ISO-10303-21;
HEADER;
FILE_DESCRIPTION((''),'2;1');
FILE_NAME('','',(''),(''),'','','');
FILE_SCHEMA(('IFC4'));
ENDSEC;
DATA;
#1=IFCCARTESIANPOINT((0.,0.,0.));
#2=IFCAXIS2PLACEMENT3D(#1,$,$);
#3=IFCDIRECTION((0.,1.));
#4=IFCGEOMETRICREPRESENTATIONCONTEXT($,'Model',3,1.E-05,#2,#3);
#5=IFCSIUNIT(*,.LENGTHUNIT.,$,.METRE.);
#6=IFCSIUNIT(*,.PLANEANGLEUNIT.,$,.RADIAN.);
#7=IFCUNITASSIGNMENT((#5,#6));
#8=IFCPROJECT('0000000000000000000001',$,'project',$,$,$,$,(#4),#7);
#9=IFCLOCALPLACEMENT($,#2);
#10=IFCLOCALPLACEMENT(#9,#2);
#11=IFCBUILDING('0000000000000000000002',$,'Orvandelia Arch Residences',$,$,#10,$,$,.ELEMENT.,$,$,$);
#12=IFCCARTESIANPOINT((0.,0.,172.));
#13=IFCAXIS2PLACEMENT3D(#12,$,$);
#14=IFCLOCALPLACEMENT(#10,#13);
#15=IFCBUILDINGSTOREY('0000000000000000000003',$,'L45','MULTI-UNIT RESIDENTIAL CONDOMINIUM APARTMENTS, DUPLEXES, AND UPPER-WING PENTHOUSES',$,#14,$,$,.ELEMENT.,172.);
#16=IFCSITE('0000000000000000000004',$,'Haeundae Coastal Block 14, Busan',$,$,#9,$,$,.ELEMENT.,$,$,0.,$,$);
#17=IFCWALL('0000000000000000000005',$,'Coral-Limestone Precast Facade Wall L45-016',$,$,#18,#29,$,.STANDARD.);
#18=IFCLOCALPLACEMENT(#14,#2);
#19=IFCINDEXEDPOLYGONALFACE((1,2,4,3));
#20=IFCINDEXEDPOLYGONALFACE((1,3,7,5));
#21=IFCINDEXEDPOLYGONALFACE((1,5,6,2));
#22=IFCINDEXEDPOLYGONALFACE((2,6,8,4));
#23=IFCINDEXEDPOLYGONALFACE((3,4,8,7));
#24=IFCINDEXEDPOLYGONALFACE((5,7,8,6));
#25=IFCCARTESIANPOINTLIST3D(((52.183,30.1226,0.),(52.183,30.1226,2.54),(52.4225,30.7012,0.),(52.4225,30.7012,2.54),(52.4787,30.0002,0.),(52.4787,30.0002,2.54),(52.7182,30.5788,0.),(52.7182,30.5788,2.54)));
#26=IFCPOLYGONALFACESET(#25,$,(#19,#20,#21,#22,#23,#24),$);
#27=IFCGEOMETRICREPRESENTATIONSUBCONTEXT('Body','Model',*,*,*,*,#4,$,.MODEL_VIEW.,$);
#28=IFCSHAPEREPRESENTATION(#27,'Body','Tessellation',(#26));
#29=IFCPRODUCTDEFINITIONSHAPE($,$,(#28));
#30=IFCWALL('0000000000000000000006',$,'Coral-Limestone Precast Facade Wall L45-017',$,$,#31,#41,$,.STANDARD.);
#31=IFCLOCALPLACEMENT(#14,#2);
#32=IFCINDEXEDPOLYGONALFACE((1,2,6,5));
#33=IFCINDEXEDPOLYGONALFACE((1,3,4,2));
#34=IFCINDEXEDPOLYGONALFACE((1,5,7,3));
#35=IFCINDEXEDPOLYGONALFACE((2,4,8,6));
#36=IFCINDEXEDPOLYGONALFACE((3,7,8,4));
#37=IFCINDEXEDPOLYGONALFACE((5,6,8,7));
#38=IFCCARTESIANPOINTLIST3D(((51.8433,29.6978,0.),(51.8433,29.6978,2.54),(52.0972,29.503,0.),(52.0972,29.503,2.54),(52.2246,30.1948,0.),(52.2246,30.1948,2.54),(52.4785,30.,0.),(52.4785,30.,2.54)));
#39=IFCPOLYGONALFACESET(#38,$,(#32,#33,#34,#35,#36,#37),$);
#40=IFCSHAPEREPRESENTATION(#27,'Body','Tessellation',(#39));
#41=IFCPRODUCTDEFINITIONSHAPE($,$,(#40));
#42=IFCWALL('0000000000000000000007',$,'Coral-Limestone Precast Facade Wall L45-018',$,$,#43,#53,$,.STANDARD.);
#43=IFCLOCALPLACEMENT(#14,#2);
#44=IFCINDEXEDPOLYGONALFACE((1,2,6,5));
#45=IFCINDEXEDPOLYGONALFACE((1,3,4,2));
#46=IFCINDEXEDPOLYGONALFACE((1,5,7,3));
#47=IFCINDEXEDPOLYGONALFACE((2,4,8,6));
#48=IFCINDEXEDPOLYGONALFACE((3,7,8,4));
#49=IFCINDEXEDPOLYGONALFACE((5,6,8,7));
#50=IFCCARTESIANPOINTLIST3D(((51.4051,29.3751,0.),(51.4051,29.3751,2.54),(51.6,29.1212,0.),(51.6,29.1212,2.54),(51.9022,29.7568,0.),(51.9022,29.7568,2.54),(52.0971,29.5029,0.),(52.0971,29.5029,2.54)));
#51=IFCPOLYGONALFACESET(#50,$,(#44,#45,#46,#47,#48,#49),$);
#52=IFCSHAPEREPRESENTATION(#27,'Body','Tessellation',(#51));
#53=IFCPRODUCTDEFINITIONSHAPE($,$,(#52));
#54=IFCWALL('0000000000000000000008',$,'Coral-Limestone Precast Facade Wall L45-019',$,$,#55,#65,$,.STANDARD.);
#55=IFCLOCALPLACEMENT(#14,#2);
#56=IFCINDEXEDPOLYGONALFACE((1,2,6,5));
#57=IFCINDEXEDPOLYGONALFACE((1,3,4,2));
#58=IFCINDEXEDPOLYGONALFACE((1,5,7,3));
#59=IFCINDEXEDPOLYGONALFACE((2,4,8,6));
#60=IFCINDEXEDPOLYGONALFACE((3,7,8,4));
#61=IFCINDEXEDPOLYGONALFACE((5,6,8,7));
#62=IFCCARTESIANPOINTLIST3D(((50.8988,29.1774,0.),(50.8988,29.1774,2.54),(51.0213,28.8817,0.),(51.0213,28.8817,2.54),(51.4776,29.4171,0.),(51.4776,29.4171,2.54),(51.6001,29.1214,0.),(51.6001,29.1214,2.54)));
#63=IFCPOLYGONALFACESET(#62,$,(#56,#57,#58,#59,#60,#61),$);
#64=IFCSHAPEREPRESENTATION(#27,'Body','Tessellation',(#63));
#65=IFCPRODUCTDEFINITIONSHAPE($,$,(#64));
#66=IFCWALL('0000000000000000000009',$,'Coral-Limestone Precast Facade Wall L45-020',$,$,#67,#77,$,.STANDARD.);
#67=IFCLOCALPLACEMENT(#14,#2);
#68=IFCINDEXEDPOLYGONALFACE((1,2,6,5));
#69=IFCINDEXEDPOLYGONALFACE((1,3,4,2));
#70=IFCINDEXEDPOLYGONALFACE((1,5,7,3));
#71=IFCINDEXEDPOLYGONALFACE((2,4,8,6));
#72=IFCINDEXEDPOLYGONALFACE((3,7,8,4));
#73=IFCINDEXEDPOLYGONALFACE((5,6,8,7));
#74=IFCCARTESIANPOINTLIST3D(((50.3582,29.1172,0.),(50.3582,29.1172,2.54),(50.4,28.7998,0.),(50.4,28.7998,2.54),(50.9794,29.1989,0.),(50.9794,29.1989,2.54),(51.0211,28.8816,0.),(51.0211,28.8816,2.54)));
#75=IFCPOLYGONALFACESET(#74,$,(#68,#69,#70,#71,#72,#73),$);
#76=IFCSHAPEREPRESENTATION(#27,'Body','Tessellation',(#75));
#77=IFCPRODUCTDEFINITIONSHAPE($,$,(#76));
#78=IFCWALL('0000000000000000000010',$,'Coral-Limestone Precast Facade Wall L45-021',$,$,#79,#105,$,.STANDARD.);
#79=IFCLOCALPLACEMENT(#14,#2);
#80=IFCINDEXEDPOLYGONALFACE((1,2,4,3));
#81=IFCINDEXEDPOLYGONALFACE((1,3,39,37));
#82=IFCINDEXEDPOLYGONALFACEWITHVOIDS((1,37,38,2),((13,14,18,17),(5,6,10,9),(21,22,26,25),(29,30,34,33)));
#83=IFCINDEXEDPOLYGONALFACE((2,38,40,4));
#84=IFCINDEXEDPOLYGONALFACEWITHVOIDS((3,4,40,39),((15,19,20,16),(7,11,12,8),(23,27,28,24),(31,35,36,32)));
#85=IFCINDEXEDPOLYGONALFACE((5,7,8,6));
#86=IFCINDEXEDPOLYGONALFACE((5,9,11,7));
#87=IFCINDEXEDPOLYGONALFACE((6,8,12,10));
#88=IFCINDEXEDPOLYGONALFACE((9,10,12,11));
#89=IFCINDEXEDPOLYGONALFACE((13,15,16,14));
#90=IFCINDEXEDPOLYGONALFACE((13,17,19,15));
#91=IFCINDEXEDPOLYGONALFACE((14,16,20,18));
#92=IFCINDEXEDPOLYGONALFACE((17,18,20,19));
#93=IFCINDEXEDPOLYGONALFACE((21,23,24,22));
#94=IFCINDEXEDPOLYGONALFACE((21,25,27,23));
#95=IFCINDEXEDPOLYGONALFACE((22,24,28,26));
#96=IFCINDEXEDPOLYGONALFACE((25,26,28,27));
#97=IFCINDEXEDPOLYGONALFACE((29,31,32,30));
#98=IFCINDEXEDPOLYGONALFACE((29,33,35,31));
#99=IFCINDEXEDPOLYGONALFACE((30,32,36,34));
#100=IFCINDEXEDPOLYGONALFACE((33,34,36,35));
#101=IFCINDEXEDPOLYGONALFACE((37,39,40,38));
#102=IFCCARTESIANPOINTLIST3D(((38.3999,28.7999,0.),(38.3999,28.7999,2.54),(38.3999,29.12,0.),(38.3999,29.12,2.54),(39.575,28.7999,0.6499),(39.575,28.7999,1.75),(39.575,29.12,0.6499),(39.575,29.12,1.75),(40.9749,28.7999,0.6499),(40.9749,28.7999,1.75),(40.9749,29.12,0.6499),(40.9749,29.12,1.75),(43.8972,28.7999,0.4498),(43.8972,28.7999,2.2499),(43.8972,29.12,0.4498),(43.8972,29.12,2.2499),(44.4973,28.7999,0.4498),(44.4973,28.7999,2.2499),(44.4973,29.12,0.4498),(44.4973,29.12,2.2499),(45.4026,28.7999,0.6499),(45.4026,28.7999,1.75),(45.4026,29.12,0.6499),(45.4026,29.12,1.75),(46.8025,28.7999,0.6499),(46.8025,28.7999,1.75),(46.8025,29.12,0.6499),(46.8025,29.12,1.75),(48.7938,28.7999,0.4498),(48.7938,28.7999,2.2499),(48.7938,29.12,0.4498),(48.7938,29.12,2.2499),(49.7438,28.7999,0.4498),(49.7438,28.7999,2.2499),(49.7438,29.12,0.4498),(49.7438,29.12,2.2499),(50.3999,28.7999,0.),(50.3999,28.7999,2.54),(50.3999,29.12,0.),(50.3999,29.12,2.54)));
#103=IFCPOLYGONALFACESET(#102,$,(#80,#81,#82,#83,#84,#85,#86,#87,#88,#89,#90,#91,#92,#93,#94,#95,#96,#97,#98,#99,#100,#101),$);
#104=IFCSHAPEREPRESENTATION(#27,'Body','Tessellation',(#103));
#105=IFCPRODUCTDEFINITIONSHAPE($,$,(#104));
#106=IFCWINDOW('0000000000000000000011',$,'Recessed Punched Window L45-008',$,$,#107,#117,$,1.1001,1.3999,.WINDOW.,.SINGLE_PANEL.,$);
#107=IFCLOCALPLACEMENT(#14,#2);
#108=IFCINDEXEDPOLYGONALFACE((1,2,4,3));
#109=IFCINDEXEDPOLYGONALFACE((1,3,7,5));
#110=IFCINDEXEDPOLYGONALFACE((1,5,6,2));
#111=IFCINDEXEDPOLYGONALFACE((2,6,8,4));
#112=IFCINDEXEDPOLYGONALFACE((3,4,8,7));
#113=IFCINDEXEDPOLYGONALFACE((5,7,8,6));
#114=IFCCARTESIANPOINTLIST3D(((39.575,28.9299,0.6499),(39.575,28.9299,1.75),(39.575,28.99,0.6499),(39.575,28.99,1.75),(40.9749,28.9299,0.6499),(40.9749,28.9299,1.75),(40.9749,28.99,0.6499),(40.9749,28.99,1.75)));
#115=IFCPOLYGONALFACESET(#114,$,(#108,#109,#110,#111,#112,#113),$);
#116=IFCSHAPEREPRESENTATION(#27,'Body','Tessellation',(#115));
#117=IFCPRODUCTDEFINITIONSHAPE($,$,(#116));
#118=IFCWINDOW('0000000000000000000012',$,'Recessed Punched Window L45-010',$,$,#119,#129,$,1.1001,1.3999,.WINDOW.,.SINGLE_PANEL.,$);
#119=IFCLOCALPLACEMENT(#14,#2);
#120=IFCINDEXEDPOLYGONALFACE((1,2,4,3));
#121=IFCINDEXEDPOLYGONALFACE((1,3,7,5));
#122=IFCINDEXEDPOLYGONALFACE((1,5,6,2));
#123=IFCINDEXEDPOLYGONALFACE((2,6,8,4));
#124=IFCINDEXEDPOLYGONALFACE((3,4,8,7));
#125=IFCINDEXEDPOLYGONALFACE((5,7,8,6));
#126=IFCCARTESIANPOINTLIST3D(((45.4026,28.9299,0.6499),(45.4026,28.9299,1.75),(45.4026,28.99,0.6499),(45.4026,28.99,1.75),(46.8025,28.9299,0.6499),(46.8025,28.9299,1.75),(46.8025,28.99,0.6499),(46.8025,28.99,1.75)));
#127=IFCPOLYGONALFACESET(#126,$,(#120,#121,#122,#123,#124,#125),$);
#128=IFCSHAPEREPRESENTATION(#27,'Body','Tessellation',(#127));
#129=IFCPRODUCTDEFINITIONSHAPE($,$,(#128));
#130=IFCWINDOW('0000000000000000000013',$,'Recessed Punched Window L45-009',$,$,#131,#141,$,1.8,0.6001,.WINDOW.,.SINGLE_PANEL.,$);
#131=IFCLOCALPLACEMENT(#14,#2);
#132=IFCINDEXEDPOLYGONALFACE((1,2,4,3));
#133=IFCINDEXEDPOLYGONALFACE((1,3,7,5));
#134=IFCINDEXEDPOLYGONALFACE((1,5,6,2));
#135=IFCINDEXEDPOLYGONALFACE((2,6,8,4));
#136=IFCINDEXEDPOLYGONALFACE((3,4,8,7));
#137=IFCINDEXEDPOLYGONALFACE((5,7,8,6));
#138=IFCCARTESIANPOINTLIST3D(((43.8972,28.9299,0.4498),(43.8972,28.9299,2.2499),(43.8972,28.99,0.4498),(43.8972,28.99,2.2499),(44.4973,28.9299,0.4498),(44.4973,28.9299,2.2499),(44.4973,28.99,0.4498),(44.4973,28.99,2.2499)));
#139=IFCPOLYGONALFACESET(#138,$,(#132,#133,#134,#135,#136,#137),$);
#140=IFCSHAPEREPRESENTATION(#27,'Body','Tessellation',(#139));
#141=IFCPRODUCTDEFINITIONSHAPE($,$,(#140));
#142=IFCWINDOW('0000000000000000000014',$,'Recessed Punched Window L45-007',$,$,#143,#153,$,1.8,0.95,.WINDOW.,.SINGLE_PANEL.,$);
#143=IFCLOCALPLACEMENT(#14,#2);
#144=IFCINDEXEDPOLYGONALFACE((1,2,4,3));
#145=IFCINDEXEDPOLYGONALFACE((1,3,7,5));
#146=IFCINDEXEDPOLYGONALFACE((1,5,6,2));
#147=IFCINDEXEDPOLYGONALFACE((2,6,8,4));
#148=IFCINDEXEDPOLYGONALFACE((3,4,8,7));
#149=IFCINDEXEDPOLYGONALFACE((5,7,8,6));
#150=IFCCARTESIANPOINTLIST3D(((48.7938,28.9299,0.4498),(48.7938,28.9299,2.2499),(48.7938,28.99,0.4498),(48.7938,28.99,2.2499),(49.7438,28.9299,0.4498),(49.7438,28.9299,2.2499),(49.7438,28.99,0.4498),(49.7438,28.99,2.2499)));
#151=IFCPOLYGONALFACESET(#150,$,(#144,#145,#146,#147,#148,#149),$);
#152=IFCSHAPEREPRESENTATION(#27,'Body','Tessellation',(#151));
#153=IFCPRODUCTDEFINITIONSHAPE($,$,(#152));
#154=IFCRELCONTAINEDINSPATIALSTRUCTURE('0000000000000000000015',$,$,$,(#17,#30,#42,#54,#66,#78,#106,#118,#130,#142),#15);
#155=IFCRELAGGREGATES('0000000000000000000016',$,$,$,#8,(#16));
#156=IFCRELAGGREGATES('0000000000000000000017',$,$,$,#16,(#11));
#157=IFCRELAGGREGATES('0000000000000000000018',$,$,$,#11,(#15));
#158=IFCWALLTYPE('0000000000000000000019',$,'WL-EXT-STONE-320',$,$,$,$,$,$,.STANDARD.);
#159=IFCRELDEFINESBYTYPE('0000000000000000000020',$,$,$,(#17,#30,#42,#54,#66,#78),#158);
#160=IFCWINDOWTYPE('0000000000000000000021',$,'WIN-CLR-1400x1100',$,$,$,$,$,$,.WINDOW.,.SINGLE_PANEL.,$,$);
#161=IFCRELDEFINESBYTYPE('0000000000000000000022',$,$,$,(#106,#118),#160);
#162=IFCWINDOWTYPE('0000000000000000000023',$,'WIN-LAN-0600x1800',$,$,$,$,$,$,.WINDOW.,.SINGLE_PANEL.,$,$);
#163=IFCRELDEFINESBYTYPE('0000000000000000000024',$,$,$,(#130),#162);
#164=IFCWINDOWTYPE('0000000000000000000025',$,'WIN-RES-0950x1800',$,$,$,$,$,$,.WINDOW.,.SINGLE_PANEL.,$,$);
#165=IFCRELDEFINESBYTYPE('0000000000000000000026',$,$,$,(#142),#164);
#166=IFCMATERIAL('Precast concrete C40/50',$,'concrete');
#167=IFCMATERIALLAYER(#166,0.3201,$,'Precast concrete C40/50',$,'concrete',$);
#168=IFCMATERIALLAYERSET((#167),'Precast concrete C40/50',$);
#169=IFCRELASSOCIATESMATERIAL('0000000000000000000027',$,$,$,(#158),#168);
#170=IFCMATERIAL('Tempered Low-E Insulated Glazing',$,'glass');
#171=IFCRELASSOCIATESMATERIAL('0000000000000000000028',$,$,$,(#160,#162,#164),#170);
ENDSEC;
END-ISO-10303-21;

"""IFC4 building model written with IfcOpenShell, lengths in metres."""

from ifc_helpers import new_model, si_unit, direction, frame, frame_2d, origin, place, context, subcontext, project, spatial, rectangle, extrude, material, layer, layer_set, type_object, element, fill, save


model = new_model("IFC4")

# Units and contexts
model_context = context("Model", 3, precision=1e-05, world=origin(), true_north=direction((0.0, 1.0)))
body_context = subcontext(model_context, "Body", "Model", "MODEL_VIEW")
ifc_project = project(units=[si_unit("LENGTHUNIT", "METRE"), si_unit("PLANEANGLEUNIT", "RADIAN")], contexts=[model_context])

# Site, building, storey
site_placement = place(None, origin())
site = spatial("IfcSite", under=ifc_project, at=site_placement, Name="Haeundae Coastal Block 14, Busan", CompositionType="ELEMENT", RefElevation=0.0)
building_placement = place(site_placement, origin())
building = spatial("IfcBuilding", under=site, at=building_placement, Name="Orvandelia Arch Residences", CompositionType="ELEMENT")
storey_placement = place(building_placement, frame((0.0, 0.0, 172.0)))
storey = spatial("IfcBuildingStorey", under=building, at=storey_placement, Name="L45", Description="MULTI-UNIT RESIDENTIAL CONDOMINIUM APARTMENTS, DUPLEXES, AND UPPER-WING PENTHOUSES", CompositionType="ELEMENT", Elevation=172.0)

# Walls
ifc_material_1 = material(Name="Precast concrete C40/50", Category="concrete")
ifc_layer_1 = layer(ifc_material_1, 0.3201, Name="Precast concrete C40/50", Category="concrete")
ifc_layer_set_1 = layer_set([ifc_layer_1], Name="Precast concrete C40/50")
wall_type_1 = type_object("IfcWallType", Name="WL-EXT-STONE-320", PredefinedType="STANDARD", material=ifc_layer_set_1)
wall_1_placement = place(storey_placement, frame((52.5703, 30.6399, 0.0), z_axis=(0.0, 0.0, 1.0), x_axis=(-0.382455, -0.923974, 0.0)))
element("IfcWall", 1, at=wall_1_placement, inside=storey, type_object=wall_type_1, Name="Coral-Limestone Precast Facade Wall L45-016", PredefinedType="STANDARD", context=body_context, shape_type="SweptSolid", body=[
    extrude(rectangle(XDim=0.6262, YDim=0.3201, at=frame_2d((0.313, 0.0))), origin(), (0.0, 0.0, 1.0), 2.54),
])
wall_2_placement = place(storey_placement, frame((52.3516, 30.0974, 0.0), z_axis=(0.0, 0.0, 1.0), x_axis=(-0.608693, -0.793406, 0.0)))
element("IfcWall", 2, at=wall_2_placement, inside=storey, type_object=wall_type_1, Name="Coral-Limestone Precast Facade Wall L45-017", PredefinedType="STANDARD", context=body_context, shape_type="SweptSolid", body=[
    extrude(rectangle(XDim=0.6265, YDim=0.3201, at=frame_2d((0.3132, 0.0))), origin(), (0.0, 0.0, 1.0), 2.54),
])
wall_3_placement = place(storey_placement, frame((51.9998, 29.6299, 0.0), z_axis=(0.0, 0.0, 1.0), x_axis=(-0.793217, -0.608939, 0.0)))
element("IfcWall", 3, at=wall_3_placement, inside=storey, type_object=wall_type_1, Name="Coral-Limestone Precast Facade Wall L45-018", PredefinedType="STANDARD", context=body_context, shape_type="SweptSolid", body=[
    extrude(rectangle(XDim=0.6267, YDim=0.3201, at=frame_2d((0.3135, 0.0))), origin(), (0.0, 0.0, 1.0), 2.54),
])
for number, where, z_axis, x_axis, name in (
    (4, (51.5388, 29.2693, 0.0), (0.0, 0.0, 1.0), (-0.923893, -0.38265, 0.0), "Coral-Limestone Precast Facade Wall L45-019"),
    (5, (51.0002, 29.0403, 0.0), (0.0, 0.0, 1.0), (-0.991441, -0.130555, 0.0), "Coral-Limestone Precast Facade Wall L45-020"),
):
    element("IfcWall", number, at=place(storey_placement, frame(where, z_axis=z_axis, x_axis=x_axis)), inside=storey, type_object=wall_type_1, Name=name, PredefinedType="STANDARD", context=body_context, shape_type="SweptSolid", body=[
        extrude(rectangle(XDim=0.6265, YDim=0.3201, at=frame_2d((0.3132, 0.0))), origin(), (0.0, 0.0, 1.0), 2.54),
    ])

# Wall, openings, windows
wall_4_placement = place(storey_placement, frame((50.3999, 28.96, 0.0), z_axis=(0.0, 0.0, 1.0), x_axis=(-1.0, 0.0, 0.0)))
wall_4 = element("IfcWall", 6, at=wall_4_placement, inside=storey, type_object=wall_type_1, Name="Coral-Limestone Precast Facade Wall L45-021", PredefinedType="STANDARD", context=body_context, shape_type="SweptSolid", body=[
    extrude(rectangle(XDim=12.0, YDim=0.3201, at=frame_2d((6.0, 0.0))), origin(), (0.0, 0.0, 1.0), 2.54),
])
opening_1_placement = place(wall_4_placement, frame((0.656, 0.0, 0.45)))
opening_1 = element("IfcOpeningElement", 7, at=opening_1_placement, cuts=wall_4, PredefinedType="OPENING", context=body_context, shape_type="SweptSolid", body=[
    extrude(rectangle(XDim=0.95, YDim=1.8, at=frame_2d((0.4751, 0.8999))), frame((0.0, 0.1699, 0.0), z_axis=(0.0, -1.0, 0.0), x_axis=(1.0, 0.0, 0.0)), (0.0, 0.0, 1.0), 0.3401),
])
opening_2_placement = place(wall_4_placement, frame((9.425, 0.0, 0.6499)))
opening_2 = element("IfcOpeningElement", 8, at=opening_2_placement, cuts=wall_4, PredefinedType="OPENING", context=body_context, shape_type="SweptSolid", body=[
    extrude(rectangle(XDim=1.3999, YDim=1.1001, at=frame_2d((0.7, 0.55))), frame((0.0, 0.1699, 0.0), z_axis=(0.0, -1.0, 0.0), x_axis=(1.0, 0.0, 0.0)), (0.0, 0.0, 1.0), 0.3401),
])
opening_3_placement = place(wall_4_placement, frame((5.9026, 0.0, 0.45)))
opening_3 = element("IfcOpeningElement", 9, at=opening_3_placement, cuts=wall_4, PredefinedType="OPENING", context=body_context, shape_type="SweptSolid", body=[
    extrude(rectangle(XDim=0.6001, YDim=1.8, at=frame_2d((0.3, 0.8999))), frame((0.0, 0.1699, 0.0), z_axis=(0.0, -1.0, 0.0), x_axis=(1.0, 0.0, 0.0)), (0.0, 0.0, 1.0), 0.3401),
])
opening_4_placement = place(wall_4_placement, frame((3.5974, 0.0, 0.6499)))
opening_4 = element("IfcOpeningElement", 10, at=opening_4_placement, cuts=wall_4, PredefinedType="OPENING", context=body_context, shape_type="SweptSolid", body=[
    extrude(rectangle(XDim=1.3999, YDim=1.1001, at=frame_2d((0.7, 0.55))), frame((0.0, 0.1699, 0.0), z_axis=(0.0, -1.0, 0.0), x_axis=(1.0, 0.0, 0.0)), (0.0, 0.0, 1.0), 0.3401),
])
ifc_material_2 = material(Name="Tempered Low-E Insulated Glazing", Category="glass")
window_type_1 = type_object("IfcWindowType", Name="WIN-CLR-1400x1100", PartitioningType="SINGLE_PANEL", PredefinedType="WINDOW", material=ifc_material_2)
window_1_placement = place(opening_2_placement, origin())
window_1 = element("IfcWindow", 11, at=window_1_placement, inside=storey, type_object=window_type_1, Name="Recessed Punched Window L45-008", OverallHeight=1.1001, OverallWidth=1.3999, PartitioningType="SINGLE_PANEL", PredefinedType="WINDOW", context=body_context, shape_type="SweptSolid", body=[
    extrude(rectangle(XDim=1.3999, YDim=1.1001, at=frame_2d((0.7, 0.55))), frame((0.0, 0.03, 0.0), z_axis=(0.0, -1.0, 0.0), x_axis=(1.0, 0.0, 0.0)), (0.0, 0.0, 1.0), 0.0601),
])
fill(opening_2, window_1)
window_2_placement = place(opening_4_placement, origin())
window_2 = element("IfcWindow", 12, at=window_2_placement, inside=storey, type_object=window_type_1, Name="Recessed Punched Window L45-010", OverallHeight=1.1001, OverallWidth=1.3999, PartitioningType="SINGLE_PANEL", PredefinedType="WINDOW", context=body_context, shape_type="SweptSolid", body=[
    extrude(rectangle(XDim=1.3999, YDim=1.1001, at=frame_2d((0.7, 0.55))), frame((0.0, 0.03, 0.0), z_axis=(0.0, -1.0, 0.0), x_axis=(1.0, 0.0, 0.0)), (0.0, 0.0, 1.0), 0.0601),
])
fill(opening_4, window_2)
window_type_2 = type_object("IfcWindowType", Name="WIN-LAN-0600x1800", PartitioningType="SINGLE_PANEL", PredefinedType="WINDOW", material=ifc_material_2)
window_3_placement = place(opening_3_placement, origin())
window_3 = element("IfcWindow", 13, at=window_3_placement, inside=storey, type_object=window_type_2, Name="Recessed Punched Window L45-009", OverallHeight=1.8, OverallWidth=0.6001, PartitioningType="SINGLE_PANEL", PredefinedType="WINDOW", context=body_context, shape_type="SweptSolid", body=[
    extrude(rectangle(XDim=0.6001, YDim=1.8, at=frame_2d((0.3, 0.8999))), frame((0.0, 0.03, 0.0), z_axis=(0.0, -1.0, 0.0), x_axis=(1.0, 0.0, 0.0)), (0.0, 0.0, 1.0), 0.0601),
])
fill(opening_3, window_3)
window_type_3 = type_object("IfcWindowType", Name="WIN-RES-0950x1800", PartitioningType="SINGLE_PANEL", PredefinedType="WINDOW", material=ifc_material_2)
window_4_placement = place(opening_1_placement, origin())
window_4 = element("IfcWindow", 14, at=window_4_placement, inside=storey, type_object=window_type_3, Name="Recessed Punched Window L45-007", OverallHeight=1.8, OverallWidth=0.95, PartitioningType="SINGLE_PANEL", PredefinedType="WINDOW", context=body_context, shape_type="SweptSolid", body=[
    extrude(rectangle(XDim=0.95, YDim=1.8, at=frame_2d((0.4751, 0.8999))), frame((0.0, 0.03, 0.0), z_axis=(0.0, -1.0, 0.0), x_axis=(1.0, 0.0, 0.0)), (0.0, 0.0, 1.0), 0.0601),
])
fill(opening_1, window_4)

save(model, "model.ifc")
